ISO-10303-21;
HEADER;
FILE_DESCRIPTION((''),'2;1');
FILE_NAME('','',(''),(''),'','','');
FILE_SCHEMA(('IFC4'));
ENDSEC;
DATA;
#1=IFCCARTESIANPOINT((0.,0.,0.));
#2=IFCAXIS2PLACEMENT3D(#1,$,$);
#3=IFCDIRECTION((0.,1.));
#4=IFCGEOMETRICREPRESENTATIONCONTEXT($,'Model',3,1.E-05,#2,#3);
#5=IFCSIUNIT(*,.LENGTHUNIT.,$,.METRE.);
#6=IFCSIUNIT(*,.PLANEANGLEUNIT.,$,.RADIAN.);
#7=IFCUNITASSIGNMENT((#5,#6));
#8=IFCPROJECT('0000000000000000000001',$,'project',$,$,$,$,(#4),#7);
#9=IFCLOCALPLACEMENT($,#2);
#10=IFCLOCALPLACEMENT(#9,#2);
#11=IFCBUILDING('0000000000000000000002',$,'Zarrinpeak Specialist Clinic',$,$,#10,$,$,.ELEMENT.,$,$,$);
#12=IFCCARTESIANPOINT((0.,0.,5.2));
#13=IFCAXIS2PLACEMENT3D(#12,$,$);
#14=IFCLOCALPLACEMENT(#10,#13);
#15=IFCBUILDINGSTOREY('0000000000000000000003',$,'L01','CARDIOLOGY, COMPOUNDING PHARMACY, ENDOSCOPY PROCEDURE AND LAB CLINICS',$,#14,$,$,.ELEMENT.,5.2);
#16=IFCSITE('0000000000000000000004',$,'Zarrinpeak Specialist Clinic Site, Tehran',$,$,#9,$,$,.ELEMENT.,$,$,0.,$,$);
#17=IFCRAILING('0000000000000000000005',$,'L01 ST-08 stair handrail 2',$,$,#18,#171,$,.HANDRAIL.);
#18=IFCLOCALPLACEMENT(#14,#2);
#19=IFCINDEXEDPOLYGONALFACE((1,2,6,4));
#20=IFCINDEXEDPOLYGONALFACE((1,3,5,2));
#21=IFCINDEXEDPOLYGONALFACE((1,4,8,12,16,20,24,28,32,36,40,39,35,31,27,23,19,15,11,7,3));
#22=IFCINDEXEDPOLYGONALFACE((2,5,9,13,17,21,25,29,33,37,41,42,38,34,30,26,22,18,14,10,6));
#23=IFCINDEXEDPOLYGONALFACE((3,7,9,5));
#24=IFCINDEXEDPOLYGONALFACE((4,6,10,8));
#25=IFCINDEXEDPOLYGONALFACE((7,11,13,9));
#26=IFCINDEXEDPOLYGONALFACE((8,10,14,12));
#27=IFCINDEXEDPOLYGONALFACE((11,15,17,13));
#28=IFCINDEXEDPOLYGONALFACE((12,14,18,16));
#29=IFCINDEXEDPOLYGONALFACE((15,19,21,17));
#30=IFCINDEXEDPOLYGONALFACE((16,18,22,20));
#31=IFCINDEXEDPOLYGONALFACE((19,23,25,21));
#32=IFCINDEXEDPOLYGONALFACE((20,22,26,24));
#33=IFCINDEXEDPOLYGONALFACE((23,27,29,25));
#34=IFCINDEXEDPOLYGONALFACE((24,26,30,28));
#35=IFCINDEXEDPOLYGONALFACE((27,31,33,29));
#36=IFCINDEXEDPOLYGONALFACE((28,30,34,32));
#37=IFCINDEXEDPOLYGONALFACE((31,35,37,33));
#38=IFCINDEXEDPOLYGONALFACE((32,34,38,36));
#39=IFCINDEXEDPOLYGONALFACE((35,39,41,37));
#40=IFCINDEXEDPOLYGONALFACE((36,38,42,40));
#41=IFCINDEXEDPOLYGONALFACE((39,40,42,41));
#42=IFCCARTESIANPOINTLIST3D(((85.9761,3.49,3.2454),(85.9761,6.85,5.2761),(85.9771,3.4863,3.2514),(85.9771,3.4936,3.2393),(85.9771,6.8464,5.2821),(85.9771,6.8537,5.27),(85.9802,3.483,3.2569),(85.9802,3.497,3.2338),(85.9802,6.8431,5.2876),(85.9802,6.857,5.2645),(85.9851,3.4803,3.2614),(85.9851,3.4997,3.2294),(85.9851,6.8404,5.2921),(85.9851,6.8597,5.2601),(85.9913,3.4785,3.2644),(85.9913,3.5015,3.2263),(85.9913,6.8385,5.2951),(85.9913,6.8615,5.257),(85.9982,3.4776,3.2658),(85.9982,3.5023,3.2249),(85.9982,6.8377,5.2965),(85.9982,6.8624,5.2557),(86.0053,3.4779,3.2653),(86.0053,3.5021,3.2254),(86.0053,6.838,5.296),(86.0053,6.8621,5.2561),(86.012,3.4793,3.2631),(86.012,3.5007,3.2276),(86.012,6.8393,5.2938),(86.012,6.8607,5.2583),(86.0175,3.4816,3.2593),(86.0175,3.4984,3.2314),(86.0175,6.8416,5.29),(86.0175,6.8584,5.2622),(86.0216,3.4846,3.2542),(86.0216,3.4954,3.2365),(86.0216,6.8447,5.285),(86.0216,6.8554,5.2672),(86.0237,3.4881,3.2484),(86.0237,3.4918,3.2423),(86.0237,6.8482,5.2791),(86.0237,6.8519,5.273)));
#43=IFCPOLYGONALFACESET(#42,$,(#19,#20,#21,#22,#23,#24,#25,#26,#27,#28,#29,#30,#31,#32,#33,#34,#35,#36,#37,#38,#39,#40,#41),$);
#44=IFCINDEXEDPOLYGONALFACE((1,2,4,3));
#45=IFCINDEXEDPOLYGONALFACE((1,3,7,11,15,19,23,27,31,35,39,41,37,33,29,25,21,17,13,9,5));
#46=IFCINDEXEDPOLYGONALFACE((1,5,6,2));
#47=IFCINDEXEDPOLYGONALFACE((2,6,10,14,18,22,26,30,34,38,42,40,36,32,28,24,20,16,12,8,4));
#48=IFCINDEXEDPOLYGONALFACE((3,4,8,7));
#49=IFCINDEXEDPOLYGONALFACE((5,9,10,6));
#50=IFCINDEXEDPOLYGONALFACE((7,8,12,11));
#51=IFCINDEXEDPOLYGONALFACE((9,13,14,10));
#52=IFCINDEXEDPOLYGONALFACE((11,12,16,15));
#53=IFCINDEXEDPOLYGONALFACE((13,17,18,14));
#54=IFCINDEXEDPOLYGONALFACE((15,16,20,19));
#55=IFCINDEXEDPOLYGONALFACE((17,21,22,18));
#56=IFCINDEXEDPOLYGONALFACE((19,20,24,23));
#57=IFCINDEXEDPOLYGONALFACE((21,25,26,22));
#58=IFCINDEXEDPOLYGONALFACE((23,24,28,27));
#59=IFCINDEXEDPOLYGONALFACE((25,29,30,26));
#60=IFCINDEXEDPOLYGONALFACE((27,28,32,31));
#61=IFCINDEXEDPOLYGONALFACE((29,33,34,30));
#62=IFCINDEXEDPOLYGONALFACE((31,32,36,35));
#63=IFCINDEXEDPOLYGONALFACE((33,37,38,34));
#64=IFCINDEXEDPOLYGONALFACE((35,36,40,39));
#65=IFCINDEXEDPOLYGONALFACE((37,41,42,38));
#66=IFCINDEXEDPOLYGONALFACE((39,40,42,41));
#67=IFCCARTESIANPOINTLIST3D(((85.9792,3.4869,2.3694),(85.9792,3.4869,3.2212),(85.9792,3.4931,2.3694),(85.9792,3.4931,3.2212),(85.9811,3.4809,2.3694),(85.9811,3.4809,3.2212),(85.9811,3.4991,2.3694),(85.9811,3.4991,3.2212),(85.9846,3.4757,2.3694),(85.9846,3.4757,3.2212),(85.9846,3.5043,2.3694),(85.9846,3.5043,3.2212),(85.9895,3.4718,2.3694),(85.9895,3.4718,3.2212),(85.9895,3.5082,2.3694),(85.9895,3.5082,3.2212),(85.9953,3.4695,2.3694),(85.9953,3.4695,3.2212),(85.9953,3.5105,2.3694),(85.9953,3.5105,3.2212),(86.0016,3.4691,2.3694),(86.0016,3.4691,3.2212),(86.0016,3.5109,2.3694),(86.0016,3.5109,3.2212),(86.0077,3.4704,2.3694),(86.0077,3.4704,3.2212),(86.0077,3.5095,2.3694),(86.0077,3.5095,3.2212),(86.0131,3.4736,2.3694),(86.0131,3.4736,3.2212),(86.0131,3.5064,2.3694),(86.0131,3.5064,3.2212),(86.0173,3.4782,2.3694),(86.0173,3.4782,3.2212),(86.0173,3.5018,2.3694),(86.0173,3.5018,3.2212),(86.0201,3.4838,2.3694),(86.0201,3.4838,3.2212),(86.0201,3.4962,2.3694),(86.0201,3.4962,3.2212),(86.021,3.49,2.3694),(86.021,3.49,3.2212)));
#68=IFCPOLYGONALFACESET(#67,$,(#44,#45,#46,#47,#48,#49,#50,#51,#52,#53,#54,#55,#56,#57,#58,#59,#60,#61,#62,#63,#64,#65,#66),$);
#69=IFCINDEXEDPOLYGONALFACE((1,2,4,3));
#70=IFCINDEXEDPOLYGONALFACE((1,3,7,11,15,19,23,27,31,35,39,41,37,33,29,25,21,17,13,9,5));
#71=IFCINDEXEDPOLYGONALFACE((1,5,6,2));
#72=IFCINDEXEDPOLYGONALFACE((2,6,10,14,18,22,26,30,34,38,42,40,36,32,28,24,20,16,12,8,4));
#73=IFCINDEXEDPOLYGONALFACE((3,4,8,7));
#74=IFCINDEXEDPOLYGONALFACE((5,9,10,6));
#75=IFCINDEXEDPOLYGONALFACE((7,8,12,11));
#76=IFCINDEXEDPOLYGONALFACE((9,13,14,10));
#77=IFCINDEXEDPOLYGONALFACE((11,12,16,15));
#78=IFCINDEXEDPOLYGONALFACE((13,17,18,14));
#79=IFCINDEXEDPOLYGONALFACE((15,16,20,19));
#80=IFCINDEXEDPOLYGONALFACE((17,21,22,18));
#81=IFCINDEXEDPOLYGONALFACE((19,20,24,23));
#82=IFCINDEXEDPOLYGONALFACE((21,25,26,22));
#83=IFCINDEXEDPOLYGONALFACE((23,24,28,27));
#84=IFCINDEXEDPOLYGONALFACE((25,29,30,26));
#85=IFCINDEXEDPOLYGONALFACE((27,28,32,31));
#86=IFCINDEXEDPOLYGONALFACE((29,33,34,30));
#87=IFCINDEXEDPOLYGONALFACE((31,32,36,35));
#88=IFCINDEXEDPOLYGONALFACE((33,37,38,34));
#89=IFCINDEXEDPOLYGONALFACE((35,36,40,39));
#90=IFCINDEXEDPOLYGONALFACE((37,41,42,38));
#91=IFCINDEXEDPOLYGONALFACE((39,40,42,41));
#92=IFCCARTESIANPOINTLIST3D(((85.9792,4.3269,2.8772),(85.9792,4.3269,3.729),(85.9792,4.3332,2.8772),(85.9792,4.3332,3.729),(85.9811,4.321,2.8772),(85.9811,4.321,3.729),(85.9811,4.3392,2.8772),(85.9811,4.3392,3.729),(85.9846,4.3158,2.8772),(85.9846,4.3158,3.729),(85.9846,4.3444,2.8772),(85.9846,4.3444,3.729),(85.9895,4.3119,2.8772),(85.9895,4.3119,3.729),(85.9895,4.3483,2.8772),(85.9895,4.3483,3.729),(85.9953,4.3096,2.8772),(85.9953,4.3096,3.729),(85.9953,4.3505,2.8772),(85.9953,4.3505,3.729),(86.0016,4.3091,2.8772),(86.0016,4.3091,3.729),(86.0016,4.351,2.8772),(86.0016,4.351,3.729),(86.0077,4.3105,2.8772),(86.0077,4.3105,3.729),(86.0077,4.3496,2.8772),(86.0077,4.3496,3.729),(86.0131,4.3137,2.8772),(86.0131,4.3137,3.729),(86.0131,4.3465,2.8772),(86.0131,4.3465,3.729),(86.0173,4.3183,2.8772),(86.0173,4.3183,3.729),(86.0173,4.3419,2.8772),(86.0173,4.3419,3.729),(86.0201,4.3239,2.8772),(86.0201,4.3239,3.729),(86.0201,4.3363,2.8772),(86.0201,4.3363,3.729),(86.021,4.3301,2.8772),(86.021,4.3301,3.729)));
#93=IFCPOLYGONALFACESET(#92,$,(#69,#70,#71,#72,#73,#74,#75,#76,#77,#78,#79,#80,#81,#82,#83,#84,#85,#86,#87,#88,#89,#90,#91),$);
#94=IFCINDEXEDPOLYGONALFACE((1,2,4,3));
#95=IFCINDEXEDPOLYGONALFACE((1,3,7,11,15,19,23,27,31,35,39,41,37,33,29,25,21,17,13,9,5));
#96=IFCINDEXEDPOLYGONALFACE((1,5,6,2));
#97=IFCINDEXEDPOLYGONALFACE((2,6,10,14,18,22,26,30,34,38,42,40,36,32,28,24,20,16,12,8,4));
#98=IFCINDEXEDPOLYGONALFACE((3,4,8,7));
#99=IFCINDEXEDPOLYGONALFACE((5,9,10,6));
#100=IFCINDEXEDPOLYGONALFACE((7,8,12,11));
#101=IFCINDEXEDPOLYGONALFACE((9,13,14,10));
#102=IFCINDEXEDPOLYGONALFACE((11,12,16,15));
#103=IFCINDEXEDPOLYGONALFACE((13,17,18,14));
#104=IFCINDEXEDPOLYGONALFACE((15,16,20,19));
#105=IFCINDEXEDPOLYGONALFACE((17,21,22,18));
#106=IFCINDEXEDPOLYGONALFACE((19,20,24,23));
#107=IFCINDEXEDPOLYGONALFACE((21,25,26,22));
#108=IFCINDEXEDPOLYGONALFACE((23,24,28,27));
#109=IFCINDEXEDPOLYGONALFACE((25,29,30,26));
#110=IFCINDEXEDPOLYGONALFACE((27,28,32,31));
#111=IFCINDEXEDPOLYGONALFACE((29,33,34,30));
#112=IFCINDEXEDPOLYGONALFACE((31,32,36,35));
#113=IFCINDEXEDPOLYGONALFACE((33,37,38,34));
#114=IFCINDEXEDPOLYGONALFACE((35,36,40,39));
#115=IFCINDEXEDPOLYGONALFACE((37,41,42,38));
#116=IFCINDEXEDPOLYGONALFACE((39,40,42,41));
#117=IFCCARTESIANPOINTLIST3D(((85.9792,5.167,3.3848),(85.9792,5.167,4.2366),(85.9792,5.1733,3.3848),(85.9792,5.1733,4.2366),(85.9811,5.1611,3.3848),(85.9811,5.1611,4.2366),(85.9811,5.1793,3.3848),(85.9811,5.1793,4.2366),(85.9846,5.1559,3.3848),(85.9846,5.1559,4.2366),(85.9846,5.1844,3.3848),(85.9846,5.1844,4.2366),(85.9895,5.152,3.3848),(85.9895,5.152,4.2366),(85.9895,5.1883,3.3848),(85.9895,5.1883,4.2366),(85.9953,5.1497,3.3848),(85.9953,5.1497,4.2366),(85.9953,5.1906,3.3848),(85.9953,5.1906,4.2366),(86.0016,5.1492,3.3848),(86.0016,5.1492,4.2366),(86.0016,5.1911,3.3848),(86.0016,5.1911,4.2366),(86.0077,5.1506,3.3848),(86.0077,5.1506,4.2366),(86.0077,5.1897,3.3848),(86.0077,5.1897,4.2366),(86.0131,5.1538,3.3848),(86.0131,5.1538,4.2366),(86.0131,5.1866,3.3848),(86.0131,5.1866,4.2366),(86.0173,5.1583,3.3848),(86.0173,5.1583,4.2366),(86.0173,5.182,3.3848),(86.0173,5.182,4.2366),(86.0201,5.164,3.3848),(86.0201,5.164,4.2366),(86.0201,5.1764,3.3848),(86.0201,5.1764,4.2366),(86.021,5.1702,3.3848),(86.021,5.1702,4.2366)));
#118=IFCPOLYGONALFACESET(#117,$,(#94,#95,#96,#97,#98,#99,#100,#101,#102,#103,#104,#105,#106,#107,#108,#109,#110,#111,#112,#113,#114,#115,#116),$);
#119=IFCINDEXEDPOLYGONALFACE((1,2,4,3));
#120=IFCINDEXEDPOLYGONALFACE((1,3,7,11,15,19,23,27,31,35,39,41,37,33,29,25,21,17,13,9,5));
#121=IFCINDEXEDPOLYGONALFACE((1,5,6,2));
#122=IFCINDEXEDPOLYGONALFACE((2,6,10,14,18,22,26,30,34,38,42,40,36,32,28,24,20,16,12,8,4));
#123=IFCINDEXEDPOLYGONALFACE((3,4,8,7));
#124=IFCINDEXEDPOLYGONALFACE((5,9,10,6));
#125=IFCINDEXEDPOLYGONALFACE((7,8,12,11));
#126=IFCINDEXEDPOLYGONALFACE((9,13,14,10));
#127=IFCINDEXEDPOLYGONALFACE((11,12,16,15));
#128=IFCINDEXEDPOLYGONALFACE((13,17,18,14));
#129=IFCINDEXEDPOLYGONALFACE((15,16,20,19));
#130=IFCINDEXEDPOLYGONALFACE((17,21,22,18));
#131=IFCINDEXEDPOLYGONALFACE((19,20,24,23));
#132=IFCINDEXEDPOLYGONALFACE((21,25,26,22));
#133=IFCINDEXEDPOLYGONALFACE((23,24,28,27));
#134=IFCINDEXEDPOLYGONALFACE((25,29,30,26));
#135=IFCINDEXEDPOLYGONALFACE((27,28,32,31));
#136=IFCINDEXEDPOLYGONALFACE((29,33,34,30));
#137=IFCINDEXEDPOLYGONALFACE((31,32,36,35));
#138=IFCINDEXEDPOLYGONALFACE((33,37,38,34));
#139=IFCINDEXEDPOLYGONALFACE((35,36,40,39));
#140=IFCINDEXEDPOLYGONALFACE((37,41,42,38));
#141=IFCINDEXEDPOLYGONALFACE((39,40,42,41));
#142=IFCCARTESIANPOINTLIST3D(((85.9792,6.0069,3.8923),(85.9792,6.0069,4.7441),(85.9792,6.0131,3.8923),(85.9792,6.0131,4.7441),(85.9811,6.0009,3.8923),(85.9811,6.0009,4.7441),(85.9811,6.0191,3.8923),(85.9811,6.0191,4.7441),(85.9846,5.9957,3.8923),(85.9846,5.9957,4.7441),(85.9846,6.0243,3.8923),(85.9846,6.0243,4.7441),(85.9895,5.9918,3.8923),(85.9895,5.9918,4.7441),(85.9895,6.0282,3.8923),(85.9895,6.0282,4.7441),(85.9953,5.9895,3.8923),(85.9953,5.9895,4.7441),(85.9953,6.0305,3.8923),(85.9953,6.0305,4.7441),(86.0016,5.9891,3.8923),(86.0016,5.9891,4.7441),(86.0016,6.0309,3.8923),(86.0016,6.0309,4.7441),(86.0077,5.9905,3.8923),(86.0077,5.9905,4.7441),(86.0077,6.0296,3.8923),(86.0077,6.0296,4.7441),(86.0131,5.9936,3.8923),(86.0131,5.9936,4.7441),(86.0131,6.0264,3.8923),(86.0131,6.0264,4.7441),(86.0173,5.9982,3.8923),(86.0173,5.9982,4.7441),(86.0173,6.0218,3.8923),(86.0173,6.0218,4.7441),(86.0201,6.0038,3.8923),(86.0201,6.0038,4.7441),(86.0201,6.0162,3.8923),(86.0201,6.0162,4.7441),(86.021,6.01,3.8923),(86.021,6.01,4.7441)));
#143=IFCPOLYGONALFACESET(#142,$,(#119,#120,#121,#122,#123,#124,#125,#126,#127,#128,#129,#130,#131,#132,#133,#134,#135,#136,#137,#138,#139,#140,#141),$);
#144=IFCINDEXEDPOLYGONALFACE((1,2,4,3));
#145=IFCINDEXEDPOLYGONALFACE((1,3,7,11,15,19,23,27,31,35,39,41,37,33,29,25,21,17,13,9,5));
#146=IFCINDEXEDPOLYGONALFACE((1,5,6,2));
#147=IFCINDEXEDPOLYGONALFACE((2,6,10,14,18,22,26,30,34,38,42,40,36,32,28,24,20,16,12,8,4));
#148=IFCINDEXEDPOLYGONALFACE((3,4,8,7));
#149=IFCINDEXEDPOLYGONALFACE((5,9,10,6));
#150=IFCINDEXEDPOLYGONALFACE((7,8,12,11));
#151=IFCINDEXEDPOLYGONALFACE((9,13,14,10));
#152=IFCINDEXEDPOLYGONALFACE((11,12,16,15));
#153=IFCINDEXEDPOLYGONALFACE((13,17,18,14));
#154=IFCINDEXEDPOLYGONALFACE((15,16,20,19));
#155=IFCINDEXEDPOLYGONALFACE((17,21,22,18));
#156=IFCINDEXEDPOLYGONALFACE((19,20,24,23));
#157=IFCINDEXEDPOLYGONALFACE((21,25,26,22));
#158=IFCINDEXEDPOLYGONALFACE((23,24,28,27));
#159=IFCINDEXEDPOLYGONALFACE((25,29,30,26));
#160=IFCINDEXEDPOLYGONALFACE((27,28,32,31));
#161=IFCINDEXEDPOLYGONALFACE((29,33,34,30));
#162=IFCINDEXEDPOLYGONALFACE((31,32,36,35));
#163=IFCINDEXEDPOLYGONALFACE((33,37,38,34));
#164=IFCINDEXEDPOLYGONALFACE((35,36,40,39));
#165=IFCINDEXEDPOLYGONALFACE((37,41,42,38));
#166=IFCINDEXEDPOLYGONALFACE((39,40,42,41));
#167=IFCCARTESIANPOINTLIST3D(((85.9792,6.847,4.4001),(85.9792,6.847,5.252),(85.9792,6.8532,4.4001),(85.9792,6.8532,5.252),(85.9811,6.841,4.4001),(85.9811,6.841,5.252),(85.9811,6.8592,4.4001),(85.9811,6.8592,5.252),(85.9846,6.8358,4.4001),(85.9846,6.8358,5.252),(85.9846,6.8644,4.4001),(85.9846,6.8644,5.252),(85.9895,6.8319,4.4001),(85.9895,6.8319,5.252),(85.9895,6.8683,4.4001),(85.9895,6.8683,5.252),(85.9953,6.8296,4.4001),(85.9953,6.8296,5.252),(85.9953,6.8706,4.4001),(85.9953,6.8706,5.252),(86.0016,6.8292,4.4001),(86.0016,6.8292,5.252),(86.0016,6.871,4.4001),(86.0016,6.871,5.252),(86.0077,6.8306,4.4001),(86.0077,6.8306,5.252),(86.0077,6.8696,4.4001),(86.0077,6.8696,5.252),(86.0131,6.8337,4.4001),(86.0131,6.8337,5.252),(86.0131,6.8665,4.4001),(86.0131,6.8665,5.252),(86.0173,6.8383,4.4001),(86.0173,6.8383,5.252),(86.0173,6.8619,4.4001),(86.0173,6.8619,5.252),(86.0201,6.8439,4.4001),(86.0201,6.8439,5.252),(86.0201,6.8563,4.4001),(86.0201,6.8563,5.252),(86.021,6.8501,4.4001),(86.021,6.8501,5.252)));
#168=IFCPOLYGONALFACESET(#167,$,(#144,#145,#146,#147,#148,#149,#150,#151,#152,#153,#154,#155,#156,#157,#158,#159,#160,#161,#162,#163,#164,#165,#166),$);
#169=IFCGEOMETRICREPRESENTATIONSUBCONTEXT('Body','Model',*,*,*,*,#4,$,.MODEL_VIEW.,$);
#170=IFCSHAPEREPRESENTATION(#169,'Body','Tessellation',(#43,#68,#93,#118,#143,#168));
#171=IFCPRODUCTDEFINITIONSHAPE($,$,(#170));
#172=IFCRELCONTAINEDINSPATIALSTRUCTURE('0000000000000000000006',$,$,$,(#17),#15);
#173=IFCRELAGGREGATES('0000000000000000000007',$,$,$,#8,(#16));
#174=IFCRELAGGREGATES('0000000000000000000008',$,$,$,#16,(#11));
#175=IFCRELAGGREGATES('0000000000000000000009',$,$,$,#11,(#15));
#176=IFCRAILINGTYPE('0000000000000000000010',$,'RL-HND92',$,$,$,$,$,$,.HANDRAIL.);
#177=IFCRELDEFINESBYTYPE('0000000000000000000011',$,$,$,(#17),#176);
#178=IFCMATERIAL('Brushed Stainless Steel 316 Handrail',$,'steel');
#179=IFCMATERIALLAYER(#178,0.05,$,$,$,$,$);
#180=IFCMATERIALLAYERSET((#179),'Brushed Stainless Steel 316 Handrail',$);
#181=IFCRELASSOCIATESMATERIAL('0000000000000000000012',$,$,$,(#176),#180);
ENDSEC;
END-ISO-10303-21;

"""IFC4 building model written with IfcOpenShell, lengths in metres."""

from ifc_helpers import new_model, si_unit, direction, frame, origin, origin_2d, place, context, subcontext, project, spatial, circle, extrude, material, layer, layer_set, type_object, element, save


model = new_model("IFC4")

# Units and contexts
model_context = context("Model", 3, precision=1e-05, world=origin(), true_north=direction((0.0, 1.0)))
body_context = subcontext(model_context, "Body", "Model", "MODEL_VIEW")
ifc_project = project(units=[si_unit("LENGTHUNIT", "METRE"), si_unit("PLANEANGLEUNIT", "RADIAN")], contexts=[model_context])

# Site, building, storey
site_placement = place(None, origin())
site = spatial("IfcSite", under=ifc_project, at=site_placement, Name="Zarrinpeak Specialist Clinic Site, Tehran", CompositionType="ELEMENT", RefElevation=0.0)
building_placement = place(site_placement, origin())
building = spatial("IfcBuilding", under=site, at=building_placement, Name="Zarrinpeak Specialist Clinic", CompositionType="ELEMENT")
storey_placement = place(building_placement, frame((0.0, 0.0, 5.2)))
storey = spatial("IfcBuildingStorey", under=building, at=storey_placement, Name="L01", Description="CARDIOLOGY, COMPOUNDING PHARMACY, ENDOSCOPY PROCEDURE AND LAB CLINICS", CompositionType="ELEMENT", Elevation=5.2)

# Railing
ifc_material_1 = material(Name="Brushed Stainless Steel 316 Handrail", Category="steel")
ifc_layer_1 = layer(ifc_material_1, 0.05)
ifc_layer_set_1 = layer_set([ifc_layer_1], Name="Brushed Stainless Steel 316 Handrail")
railing_type_1 = type_object("IfcRailingType", Name="RL-HND92", PredefinedType="HANDRAIL", material=ifc_layer_set_1)
railing_1_placement = place(storey_placement, frame((86.0, 3.49, 2.3694)))
element("IfcRailing", 1, at=railing_1_placement, inside=storey, type_object=railing_type_1, Name="L01 ST-08 stair handrail 2", PredefinedType="HANDRAIL", context=body_context, shape_type="SweptSolid", body=[
    extrude(circle(Radius=0.0239, at=origin_2d()), frame((0.0, 0.0, 0.876), z_axis=(0.0, 0.855837, 0.517246), x_axis=(-1.0, 0.0, 0.0)), (0.0, 0.0, 1.0), 3.926),
    extrude(circle(Radius=0.021, at=origin_2d()), origin(), (0.0, 0.0, 1.0), 0.8518),
    extrude(circle(Radius=0.021, at=origin_2d()), frame((0.0, 0.8401, 0.5078)), (0.0, 0.0, 1.0), 0.8518),
    extrude(circle(Radius=0.021, at=origin_2d()), frame((0.0, 1.6802, 1.0154)), (0.0, 0.0, 1.0), 0.8518),
    extrude(circle(Radius=0.021, at=origin_2d()), frame((0.0, 2.52, 1.5229)), (0.0, 0.0, 1.0), 0.8518),
    extrude(circle(Radius=0.021, at=origin_2d()), frame((0.0, 3.3601, 2.0308)), (0.0, 0.0, 1.0), 0.8518),
])

save(model, "model.ifc")
